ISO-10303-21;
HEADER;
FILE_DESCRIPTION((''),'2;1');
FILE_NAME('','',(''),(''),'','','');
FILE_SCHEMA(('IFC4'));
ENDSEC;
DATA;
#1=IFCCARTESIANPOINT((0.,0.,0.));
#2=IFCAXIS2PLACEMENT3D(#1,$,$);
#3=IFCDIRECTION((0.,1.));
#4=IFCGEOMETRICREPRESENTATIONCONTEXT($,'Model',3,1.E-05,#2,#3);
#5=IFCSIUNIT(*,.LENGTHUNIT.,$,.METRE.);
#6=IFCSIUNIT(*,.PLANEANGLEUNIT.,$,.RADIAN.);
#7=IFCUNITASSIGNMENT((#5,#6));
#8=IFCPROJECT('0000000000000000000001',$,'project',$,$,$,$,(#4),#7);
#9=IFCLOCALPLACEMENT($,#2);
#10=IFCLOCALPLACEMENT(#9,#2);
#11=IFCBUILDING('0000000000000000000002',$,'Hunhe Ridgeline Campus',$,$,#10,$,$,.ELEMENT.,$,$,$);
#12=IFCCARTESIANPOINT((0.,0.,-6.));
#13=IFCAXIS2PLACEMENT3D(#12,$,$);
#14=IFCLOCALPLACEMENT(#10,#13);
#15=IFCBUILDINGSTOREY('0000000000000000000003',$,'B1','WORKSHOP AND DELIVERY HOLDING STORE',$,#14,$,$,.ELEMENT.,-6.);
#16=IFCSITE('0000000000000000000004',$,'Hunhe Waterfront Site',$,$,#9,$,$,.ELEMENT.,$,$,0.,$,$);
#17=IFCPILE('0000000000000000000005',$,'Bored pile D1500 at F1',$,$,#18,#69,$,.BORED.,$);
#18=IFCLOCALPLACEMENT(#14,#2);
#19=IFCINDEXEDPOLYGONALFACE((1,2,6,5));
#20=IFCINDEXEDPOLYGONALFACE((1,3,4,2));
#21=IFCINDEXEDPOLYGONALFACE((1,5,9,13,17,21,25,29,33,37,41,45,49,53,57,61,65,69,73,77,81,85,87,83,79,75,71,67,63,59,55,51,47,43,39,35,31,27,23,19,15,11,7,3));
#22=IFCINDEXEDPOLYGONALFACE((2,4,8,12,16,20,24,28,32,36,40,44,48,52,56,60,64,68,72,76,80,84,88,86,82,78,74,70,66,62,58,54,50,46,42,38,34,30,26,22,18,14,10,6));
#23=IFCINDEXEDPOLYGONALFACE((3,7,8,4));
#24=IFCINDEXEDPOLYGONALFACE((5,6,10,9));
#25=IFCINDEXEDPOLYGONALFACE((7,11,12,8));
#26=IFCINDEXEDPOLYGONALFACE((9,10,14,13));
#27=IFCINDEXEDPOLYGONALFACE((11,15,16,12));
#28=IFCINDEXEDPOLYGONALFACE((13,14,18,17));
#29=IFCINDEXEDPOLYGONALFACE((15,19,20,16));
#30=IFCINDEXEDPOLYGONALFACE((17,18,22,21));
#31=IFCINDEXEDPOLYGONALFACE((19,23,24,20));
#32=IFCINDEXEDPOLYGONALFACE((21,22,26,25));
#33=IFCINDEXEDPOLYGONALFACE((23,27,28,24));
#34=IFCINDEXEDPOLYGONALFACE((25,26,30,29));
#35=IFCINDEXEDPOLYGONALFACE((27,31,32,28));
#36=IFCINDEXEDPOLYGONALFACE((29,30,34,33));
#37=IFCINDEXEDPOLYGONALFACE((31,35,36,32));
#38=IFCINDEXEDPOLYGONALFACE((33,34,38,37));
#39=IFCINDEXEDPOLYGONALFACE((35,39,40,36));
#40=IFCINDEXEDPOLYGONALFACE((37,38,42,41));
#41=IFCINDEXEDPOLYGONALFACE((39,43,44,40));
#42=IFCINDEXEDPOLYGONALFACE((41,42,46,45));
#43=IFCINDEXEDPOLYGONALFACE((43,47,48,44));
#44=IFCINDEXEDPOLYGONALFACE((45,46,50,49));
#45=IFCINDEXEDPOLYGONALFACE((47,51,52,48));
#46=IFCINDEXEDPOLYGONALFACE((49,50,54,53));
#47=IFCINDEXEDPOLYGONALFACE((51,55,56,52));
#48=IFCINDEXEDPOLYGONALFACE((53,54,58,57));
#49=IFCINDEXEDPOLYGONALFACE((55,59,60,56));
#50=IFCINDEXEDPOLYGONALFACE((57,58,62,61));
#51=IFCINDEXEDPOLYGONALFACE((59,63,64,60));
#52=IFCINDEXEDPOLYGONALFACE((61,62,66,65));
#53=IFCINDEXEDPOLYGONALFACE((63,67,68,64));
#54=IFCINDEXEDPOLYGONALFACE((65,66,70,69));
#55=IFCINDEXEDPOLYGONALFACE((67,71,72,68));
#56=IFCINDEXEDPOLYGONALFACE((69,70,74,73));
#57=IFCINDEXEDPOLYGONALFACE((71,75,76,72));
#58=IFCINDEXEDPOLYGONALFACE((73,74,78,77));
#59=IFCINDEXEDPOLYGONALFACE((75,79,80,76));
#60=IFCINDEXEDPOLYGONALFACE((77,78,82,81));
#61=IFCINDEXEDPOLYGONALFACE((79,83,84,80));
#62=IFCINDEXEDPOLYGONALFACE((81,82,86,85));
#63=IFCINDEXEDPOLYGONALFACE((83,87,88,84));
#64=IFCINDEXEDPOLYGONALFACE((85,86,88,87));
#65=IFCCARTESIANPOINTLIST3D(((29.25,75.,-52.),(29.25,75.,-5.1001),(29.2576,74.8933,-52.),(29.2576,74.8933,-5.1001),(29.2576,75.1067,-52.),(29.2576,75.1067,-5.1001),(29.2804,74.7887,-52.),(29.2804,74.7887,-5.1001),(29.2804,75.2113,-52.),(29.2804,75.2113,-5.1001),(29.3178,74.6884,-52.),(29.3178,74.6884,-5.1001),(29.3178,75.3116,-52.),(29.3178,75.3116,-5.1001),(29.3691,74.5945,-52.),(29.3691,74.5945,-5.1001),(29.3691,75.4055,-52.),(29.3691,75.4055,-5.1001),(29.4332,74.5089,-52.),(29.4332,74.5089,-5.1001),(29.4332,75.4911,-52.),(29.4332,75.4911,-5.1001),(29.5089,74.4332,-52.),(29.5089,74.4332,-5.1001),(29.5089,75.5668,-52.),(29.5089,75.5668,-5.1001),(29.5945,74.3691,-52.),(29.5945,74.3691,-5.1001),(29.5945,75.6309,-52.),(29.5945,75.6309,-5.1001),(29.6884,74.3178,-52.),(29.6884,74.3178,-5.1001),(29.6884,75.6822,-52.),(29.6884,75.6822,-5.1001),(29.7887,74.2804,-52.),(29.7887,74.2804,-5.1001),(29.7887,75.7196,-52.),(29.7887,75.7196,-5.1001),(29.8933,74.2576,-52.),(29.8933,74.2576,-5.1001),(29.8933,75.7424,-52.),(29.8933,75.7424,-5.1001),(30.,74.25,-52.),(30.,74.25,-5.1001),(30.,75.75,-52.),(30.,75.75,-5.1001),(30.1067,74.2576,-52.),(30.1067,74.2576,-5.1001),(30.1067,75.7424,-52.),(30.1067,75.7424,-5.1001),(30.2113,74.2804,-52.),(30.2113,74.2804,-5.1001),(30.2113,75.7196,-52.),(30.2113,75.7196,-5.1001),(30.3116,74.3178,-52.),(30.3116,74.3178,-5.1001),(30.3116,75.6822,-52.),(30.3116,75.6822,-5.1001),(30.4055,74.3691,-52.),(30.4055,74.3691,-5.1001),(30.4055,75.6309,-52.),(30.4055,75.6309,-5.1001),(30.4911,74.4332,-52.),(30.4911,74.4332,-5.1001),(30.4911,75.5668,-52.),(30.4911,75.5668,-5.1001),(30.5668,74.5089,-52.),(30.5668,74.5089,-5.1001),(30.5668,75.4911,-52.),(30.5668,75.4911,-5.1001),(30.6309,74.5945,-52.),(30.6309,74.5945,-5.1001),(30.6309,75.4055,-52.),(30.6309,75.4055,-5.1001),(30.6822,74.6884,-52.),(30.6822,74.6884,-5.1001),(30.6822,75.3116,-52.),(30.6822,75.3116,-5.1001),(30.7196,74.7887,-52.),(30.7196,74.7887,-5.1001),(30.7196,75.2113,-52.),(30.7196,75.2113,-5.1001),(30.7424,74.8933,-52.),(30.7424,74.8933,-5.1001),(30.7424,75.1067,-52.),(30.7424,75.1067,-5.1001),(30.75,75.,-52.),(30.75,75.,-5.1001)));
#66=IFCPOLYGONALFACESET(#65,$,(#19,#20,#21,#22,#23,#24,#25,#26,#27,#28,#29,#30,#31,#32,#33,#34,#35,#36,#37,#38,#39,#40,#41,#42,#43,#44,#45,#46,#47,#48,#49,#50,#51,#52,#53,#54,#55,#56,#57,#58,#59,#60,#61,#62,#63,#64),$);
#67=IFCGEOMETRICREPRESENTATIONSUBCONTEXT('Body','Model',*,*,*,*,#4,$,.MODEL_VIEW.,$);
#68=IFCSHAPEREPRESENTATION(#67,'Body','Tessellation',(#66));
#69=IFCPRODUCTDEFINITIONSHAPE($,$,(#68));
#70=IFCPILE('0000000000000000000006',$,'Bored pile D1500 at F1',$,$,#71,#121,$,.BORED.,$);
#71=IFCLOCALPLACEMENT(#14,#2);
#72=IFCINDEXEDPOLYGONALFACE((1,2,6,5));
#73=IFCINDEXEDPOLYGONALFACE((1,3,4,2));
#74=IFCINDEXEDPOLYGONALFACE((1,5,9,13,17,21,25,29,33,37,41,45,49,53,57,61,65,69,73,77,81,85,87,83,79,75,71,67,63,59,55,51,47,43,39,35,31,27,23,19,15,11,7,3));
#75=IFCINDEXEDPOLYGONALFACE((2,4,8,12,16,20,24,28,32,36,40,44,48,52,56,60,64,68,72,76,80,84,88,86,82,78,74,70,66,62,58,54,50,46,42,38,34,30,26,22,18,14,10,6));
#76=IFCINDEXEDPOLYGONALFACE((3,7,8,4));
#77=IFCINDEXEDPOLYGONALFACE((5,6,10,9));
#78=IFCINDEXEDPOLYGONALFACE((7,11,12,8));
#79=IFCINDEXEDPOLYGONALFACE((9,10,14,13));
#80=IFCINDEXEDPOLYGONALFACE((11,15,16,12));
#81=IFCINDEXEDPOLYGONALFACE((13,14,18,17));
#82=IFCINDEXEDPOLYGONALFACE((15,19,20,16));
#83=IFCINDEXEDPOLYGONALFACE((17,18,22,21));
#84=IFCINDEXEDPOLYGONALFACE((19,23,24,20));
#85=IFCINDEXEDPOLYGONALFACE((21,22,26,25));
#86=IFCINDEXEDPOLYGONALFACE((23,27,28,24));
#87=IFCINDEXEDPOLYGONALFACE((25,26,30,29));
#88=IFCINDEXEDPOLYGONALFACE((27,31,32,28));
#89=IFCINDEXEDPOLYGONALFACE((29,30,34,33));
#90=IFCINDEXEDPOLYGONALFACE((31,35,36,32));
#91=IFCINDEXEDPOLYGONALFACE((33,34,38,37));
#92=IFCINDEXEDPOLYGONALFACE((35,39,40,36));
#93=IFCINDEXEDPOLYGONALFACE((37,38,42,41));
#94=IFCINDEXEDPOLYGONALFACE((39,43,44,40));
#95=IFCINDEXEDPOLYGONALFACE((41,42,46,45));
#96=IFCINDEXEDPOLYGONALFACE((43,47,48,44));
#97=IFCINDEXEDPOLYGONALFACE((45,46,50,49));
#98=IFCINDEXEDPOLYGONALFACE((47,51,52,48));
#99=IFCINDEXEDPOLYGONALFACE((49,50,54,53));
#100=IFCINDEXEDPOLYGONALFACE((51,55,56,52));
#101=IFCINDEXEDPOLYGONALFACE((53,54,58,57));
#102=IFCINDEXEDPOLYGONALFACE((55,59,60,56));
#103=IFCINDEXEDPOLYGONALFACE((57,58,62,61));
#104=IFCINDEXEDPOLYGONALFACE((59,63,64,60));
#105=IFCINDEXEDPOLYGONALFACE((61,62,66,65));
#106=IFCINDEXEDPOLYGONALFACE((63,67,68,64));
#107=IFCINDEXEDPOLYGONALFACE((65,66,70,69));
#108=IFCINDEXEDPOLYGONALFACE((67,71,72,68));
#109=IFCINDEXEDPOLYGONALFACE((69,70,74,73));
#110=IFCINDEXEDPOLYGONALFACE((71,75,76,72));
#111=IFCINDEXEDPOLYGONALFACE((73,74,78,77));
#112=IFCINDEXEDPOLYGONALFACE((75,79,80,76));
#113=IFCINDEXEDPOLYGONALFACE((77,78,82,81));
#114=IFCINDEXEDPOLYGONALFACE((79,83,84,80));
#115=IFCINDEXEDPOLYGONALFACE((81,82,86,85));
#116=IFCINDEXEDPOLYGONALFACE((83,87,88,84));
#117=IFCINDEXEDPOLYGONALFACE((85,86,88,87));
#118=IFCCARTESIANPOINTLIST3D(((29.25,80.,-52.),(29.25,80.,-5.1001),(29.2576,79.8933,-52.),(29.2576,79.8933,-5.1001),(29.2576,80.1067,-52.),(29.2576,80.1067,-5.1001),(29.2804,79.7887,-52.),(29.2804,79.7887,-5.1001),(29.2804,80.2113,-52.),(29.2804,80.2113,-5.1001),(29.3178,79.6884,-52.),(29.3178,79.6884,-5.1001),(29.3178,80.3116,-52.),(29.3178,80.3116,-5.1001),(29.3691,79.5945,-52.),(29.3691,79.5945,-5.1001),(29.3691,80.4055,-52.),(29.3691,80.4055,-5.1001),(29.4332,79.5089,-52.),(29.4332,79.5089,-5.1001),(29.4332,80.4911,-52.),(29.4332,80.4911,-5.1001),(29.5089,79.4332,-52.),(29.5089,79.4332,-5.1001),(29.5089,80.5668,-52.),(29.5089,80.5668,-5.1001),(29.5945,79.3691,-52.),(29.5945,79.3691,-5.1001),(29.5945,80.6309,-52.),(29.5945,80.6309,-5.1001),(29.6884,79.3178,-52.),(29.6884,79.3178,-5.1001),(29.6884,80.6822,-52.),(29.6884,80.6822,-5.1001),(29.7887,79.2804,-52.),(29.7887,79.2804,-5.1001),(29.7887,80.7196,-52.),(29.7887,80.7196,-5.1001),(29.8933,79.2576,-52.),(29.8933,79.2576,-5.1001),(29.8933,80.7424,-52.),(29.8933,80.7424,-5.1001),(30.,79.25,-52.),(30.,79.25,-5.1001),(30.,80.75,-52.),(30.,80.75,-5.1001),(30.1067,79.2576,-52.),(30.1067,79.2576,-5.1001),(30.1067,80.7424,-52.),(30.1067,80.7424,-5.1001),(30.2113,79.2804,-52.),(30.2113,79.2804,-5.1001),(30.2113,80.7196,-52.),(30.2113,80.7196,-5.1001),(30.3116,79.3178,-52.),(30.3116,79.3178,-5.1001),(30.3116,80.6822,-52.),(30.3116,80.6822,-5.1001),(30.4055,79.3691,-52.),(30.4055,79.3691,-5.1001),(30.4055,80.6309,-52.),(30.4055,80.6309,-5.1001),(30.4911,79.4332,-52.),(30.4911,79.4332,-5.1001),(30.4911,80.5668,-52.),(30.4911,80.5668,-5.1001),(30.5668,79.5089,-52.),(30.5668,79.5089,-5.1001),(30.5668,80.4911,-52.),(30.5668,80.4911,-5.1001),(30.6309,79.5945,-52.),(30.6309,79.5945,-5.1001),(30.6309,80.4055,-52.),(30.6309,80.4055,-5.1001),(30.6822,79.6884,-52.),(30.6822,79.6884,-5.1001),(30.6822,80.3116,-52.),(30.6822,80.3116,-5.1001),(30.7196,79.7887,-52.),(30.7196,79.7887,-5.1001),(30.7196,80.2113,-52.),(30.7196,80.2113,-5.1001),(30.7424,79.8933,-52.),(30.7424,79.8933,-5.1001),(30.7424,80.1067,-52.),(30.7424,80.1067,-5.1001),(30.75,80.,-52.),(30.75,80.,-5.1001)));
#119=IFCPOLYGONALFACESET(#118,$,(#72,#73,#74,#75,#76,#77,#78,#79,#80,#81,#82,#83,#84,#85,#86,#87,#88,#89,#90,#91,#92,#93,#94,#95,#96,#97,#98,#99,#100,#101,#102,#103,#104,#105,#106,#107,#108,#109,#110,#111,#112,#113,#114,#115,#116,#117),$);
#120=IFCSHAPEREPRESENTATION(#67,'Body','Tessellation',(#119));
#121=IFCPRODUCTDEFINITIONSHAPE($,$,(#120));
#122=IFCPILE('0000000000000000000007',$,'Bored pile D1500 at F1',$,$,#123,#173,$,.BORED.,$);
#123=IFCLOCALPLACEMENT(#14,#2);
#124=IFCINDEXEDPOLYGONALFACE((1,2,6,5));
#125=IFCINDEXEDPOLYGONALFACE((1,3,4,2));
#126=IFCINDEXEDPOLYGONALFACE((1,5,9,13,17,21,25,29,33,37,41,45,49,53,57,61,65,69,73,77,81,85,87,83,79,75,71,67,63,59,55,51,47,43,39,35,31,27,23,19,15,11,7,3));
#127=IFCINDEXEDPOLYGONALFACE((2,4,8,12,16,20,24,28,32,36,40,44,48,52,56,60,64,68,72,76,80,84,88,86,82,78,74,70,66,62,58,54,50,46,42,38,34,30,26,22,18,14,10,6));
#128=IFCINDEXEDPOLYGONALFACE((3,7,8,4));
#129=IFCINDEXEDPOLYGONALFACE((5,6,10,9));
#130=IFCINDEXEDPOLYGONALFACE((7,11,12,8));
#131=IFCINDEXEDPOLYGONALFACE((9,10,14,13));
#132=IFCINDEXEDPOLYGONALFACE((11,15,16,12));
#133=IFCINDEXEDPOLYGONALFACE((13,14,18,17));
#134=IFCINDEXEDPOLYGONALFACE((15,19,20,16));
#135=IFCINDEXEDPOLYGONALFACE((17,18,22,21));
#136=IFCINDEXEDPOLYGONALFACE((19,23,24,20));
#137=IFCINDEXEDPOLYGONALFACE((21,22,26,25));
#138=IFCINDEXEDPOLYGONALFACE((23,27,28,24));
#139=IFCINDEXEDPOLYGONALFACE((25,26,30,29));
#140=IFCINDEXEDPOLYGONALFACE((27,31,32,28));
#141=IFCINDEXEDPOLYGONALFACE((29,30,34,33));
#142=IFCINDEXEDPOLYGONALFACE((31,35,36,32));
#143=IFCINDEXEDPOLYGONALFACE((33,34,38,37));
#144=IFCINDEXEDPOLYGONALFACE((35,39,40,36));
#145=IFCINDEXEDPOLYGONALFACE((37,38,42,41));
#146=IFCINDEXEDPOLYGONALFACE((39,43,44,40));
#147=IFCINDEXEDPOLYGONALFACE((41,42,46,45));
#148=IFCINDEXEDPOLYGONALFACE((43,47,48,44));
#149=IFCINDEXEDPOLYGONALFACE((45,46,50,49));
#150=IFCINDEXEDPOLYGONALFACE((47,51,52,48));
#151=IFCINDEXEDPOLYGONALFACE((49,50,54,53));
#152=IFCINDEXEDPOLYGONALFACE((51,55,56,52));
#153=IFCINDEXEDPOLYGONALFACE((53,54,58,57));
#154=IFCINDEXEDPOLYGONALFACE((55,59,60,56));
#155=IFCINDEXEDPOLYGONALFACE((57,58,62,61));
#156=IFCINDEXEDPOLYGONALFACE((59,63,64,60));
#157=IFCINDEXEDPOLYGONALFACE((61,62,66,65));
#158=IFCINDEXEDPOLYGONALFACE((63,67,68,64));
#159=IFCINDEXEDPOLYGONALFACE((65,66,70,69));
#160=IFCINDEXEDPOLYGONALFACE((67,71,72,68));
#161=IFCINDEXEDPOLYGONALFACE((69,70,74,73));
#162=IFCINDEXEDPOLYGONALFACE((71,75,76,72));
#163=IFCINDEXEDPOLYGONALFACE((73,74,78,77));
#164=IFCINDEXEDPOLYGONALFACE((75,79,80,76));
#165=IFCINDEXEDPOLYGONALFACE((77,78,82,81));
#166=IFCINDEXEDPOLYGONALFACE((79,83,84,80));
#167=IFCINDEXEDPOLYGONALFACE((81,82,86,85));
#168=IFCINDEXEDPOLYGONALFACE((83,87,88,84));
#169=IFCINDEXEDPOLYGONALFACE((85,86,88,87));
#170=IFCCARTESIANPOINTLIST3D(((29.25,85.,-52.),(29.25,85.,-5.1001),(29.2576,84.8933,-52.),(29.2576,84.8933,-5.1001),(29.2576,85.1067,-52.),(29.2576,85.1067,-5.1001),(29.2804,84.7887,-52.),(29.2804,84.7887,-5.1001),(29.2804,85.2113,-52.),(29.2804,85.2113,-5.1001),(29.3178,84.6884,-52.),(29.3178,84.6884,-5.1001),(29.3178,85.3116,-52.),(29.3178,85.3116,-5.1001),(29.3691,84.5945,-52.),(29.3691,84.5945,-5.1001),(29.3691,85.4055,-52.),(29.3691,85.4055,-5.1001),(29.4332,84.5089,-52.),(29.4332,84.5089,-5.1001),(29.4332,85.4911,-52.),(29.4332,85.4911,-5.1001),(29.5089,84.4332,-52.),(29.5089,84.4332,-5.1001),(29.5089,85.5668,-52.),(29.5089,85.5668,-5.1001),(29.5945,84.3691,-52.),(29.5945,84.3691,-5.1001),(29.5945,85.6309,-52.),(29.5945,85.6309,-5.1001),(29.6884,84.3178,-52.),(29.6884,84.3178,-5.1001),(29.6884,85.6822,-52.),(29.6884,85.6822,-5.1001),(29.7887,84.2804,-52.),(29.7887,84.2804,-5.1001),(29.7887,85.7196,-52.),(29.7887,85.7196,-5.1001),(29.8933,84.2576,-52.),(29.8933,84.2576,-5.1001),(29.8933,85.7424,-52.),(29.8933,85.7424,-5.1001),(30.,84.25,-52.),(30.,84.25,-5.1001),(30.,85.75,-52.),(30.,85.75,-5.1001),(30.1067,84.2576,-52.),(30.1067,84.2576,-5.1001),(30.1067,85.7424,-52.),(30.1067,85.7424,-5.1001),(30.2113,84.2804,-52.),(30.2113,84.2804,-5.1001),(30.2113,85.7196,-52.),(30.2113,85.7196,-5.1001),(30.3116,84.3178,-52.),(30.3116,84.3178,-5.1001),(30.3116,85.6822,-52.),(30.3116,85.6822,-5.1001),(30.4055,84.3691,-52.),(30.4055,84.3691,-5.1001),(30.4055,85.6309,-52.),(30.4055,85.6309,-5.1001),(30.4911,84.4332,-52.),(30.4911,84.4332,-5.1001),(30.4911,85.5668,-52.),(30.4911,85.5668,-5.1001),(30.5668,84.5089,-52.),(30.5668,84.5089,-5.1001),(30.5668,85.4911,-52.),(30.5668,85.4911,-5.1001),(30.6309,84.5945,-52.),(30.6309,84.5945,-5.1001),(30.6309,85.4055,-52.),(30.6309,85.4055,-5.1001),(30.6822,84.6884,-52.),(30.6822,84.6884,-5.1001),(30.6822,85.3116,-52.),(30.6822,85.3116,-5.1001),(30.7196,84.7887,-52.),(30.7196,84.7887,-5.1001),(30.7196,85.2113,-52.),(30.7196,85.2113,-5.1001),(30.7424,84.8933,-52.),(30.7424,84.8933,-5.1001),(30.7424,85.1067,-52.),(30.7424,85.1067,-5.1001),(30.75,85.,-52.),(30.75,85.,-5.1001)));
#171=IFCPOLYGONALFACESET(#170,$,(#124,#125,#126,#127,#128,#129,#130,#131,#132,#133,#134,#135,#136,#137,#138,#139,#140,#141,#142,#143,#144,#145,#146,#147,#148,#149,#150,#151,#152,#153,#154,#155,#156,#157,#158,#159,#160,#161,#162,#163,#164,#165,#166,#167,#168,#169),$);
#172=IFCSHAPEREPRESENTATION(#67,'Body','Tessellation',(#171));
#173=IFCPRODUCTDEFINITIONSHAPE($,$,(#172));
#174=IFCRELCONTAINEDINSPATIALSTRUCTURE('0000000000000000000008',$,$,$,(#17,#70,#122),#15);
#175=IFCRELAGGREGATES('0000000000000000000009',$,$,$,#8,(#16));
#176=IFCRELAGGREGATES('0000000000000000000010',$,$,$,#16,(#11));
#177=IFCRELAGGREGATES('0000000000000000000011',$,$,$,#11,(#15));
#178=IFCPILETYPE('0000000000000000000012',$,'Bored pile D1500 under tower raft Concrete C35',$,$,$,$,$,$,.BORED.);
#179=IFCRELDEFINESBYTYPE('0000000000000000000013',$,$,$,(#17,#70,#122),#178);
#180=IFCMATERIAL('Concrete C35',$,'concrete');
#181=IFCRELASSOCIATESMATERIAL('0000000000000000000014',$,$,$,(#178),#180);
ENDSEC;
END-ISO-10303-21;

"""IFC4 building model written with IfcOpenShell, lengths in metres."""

from ifc_helpers import new_model, si_unit, direction, frame, origin, origin_2d, place, context, subcontext, project, spatial, circle, extrude, material, material_profile, profile_set, type_object, element, save


model = new_model("IFC4")

# Units and contexts
model_context = context("Model", 3, precision=1e-05, world=origin(), true_north=direction((0.0, 1.0)))
body_context = subcontext(model_context, "Body", "Model", "MODEL_VIEW")
ifc_project = project(units=[si_unit("LENGTHUNIT", "METRE"), si_unit("PLANEANGLEUNIT", "RADIAN")], contexts=[model_context])

# Site, building, storey
site_placement = place(None, origin())
site = spatial("IfcSite", under=ifc_project, at=site_placement, Name="Hunhe Waterfront Site", CompositionType="ELEMENT", RefElevation=0.0)
building_placement = place(site_placement, origin())
building = spatial("IfcBuilding", under=site, at=building_placement, Name="Hunhe Ridgeline Campus", CompositionType="ELEMENT")
storey_placement = place(building_placement, frame((0.0, 0.0, -6.0)))
storey = spatial("IfcBuildingStorey", under=building, at=storey_placement, Name="B1", Description="WORKSHOP AND DELIVERY HOLDING STORE", CompositionType="ELEMENT", Elevation=-6.0)

# Piles
ifc_material_1 = material(Name="Concrete C35", Category="concrete")
ifc_material_profile = material_profile(ifc_material_1, circle(Radius=0.75, at=origin_2d()))
ifc_profile_set = profile_set([ifc_material_profile], Name="Concrete C35")
pile_type = type_object("IfcPileType", Name="Bored pile D1500 under tower raft Concrete C35", PredefinedType="BORED", material=ifc_profile_set)
for number, where, z_axis, x_axis, name in (
    (1, (30.0, 75.0, -5.1001), (0.0, 0.0, -1.0), (1.0, 0.0, 0.0), "Bored pile D1500 at F1"),
    (2, (30.0, 80.0, -5.1001), (0.0, 0.0, -1.0), (1.0, 0.0, 0.0), "Bored pile D1500 at F1"),
    (3, (30.0, 85.0, -5.1001), (0.0, 0.0, -1.0), (1.0, 0.0, 0.0), "Bored pile D1500 at F1"),
):
    element("IfcPile", number, at=place(storey_placement, frame(where, z_axis=z_axis, x_axis=x_axis)), inside=storey, type_object=pile_type, Name=name, PredefinedType="BORED", context=body_context, shape_type="SweptSolid", body=[
        extrude(circle(Radius=0.75, at=origin_2d()), origin(), (0.0, 0.0, 1.0), 46.8999),
    ])

save(model, "model.ifc")
